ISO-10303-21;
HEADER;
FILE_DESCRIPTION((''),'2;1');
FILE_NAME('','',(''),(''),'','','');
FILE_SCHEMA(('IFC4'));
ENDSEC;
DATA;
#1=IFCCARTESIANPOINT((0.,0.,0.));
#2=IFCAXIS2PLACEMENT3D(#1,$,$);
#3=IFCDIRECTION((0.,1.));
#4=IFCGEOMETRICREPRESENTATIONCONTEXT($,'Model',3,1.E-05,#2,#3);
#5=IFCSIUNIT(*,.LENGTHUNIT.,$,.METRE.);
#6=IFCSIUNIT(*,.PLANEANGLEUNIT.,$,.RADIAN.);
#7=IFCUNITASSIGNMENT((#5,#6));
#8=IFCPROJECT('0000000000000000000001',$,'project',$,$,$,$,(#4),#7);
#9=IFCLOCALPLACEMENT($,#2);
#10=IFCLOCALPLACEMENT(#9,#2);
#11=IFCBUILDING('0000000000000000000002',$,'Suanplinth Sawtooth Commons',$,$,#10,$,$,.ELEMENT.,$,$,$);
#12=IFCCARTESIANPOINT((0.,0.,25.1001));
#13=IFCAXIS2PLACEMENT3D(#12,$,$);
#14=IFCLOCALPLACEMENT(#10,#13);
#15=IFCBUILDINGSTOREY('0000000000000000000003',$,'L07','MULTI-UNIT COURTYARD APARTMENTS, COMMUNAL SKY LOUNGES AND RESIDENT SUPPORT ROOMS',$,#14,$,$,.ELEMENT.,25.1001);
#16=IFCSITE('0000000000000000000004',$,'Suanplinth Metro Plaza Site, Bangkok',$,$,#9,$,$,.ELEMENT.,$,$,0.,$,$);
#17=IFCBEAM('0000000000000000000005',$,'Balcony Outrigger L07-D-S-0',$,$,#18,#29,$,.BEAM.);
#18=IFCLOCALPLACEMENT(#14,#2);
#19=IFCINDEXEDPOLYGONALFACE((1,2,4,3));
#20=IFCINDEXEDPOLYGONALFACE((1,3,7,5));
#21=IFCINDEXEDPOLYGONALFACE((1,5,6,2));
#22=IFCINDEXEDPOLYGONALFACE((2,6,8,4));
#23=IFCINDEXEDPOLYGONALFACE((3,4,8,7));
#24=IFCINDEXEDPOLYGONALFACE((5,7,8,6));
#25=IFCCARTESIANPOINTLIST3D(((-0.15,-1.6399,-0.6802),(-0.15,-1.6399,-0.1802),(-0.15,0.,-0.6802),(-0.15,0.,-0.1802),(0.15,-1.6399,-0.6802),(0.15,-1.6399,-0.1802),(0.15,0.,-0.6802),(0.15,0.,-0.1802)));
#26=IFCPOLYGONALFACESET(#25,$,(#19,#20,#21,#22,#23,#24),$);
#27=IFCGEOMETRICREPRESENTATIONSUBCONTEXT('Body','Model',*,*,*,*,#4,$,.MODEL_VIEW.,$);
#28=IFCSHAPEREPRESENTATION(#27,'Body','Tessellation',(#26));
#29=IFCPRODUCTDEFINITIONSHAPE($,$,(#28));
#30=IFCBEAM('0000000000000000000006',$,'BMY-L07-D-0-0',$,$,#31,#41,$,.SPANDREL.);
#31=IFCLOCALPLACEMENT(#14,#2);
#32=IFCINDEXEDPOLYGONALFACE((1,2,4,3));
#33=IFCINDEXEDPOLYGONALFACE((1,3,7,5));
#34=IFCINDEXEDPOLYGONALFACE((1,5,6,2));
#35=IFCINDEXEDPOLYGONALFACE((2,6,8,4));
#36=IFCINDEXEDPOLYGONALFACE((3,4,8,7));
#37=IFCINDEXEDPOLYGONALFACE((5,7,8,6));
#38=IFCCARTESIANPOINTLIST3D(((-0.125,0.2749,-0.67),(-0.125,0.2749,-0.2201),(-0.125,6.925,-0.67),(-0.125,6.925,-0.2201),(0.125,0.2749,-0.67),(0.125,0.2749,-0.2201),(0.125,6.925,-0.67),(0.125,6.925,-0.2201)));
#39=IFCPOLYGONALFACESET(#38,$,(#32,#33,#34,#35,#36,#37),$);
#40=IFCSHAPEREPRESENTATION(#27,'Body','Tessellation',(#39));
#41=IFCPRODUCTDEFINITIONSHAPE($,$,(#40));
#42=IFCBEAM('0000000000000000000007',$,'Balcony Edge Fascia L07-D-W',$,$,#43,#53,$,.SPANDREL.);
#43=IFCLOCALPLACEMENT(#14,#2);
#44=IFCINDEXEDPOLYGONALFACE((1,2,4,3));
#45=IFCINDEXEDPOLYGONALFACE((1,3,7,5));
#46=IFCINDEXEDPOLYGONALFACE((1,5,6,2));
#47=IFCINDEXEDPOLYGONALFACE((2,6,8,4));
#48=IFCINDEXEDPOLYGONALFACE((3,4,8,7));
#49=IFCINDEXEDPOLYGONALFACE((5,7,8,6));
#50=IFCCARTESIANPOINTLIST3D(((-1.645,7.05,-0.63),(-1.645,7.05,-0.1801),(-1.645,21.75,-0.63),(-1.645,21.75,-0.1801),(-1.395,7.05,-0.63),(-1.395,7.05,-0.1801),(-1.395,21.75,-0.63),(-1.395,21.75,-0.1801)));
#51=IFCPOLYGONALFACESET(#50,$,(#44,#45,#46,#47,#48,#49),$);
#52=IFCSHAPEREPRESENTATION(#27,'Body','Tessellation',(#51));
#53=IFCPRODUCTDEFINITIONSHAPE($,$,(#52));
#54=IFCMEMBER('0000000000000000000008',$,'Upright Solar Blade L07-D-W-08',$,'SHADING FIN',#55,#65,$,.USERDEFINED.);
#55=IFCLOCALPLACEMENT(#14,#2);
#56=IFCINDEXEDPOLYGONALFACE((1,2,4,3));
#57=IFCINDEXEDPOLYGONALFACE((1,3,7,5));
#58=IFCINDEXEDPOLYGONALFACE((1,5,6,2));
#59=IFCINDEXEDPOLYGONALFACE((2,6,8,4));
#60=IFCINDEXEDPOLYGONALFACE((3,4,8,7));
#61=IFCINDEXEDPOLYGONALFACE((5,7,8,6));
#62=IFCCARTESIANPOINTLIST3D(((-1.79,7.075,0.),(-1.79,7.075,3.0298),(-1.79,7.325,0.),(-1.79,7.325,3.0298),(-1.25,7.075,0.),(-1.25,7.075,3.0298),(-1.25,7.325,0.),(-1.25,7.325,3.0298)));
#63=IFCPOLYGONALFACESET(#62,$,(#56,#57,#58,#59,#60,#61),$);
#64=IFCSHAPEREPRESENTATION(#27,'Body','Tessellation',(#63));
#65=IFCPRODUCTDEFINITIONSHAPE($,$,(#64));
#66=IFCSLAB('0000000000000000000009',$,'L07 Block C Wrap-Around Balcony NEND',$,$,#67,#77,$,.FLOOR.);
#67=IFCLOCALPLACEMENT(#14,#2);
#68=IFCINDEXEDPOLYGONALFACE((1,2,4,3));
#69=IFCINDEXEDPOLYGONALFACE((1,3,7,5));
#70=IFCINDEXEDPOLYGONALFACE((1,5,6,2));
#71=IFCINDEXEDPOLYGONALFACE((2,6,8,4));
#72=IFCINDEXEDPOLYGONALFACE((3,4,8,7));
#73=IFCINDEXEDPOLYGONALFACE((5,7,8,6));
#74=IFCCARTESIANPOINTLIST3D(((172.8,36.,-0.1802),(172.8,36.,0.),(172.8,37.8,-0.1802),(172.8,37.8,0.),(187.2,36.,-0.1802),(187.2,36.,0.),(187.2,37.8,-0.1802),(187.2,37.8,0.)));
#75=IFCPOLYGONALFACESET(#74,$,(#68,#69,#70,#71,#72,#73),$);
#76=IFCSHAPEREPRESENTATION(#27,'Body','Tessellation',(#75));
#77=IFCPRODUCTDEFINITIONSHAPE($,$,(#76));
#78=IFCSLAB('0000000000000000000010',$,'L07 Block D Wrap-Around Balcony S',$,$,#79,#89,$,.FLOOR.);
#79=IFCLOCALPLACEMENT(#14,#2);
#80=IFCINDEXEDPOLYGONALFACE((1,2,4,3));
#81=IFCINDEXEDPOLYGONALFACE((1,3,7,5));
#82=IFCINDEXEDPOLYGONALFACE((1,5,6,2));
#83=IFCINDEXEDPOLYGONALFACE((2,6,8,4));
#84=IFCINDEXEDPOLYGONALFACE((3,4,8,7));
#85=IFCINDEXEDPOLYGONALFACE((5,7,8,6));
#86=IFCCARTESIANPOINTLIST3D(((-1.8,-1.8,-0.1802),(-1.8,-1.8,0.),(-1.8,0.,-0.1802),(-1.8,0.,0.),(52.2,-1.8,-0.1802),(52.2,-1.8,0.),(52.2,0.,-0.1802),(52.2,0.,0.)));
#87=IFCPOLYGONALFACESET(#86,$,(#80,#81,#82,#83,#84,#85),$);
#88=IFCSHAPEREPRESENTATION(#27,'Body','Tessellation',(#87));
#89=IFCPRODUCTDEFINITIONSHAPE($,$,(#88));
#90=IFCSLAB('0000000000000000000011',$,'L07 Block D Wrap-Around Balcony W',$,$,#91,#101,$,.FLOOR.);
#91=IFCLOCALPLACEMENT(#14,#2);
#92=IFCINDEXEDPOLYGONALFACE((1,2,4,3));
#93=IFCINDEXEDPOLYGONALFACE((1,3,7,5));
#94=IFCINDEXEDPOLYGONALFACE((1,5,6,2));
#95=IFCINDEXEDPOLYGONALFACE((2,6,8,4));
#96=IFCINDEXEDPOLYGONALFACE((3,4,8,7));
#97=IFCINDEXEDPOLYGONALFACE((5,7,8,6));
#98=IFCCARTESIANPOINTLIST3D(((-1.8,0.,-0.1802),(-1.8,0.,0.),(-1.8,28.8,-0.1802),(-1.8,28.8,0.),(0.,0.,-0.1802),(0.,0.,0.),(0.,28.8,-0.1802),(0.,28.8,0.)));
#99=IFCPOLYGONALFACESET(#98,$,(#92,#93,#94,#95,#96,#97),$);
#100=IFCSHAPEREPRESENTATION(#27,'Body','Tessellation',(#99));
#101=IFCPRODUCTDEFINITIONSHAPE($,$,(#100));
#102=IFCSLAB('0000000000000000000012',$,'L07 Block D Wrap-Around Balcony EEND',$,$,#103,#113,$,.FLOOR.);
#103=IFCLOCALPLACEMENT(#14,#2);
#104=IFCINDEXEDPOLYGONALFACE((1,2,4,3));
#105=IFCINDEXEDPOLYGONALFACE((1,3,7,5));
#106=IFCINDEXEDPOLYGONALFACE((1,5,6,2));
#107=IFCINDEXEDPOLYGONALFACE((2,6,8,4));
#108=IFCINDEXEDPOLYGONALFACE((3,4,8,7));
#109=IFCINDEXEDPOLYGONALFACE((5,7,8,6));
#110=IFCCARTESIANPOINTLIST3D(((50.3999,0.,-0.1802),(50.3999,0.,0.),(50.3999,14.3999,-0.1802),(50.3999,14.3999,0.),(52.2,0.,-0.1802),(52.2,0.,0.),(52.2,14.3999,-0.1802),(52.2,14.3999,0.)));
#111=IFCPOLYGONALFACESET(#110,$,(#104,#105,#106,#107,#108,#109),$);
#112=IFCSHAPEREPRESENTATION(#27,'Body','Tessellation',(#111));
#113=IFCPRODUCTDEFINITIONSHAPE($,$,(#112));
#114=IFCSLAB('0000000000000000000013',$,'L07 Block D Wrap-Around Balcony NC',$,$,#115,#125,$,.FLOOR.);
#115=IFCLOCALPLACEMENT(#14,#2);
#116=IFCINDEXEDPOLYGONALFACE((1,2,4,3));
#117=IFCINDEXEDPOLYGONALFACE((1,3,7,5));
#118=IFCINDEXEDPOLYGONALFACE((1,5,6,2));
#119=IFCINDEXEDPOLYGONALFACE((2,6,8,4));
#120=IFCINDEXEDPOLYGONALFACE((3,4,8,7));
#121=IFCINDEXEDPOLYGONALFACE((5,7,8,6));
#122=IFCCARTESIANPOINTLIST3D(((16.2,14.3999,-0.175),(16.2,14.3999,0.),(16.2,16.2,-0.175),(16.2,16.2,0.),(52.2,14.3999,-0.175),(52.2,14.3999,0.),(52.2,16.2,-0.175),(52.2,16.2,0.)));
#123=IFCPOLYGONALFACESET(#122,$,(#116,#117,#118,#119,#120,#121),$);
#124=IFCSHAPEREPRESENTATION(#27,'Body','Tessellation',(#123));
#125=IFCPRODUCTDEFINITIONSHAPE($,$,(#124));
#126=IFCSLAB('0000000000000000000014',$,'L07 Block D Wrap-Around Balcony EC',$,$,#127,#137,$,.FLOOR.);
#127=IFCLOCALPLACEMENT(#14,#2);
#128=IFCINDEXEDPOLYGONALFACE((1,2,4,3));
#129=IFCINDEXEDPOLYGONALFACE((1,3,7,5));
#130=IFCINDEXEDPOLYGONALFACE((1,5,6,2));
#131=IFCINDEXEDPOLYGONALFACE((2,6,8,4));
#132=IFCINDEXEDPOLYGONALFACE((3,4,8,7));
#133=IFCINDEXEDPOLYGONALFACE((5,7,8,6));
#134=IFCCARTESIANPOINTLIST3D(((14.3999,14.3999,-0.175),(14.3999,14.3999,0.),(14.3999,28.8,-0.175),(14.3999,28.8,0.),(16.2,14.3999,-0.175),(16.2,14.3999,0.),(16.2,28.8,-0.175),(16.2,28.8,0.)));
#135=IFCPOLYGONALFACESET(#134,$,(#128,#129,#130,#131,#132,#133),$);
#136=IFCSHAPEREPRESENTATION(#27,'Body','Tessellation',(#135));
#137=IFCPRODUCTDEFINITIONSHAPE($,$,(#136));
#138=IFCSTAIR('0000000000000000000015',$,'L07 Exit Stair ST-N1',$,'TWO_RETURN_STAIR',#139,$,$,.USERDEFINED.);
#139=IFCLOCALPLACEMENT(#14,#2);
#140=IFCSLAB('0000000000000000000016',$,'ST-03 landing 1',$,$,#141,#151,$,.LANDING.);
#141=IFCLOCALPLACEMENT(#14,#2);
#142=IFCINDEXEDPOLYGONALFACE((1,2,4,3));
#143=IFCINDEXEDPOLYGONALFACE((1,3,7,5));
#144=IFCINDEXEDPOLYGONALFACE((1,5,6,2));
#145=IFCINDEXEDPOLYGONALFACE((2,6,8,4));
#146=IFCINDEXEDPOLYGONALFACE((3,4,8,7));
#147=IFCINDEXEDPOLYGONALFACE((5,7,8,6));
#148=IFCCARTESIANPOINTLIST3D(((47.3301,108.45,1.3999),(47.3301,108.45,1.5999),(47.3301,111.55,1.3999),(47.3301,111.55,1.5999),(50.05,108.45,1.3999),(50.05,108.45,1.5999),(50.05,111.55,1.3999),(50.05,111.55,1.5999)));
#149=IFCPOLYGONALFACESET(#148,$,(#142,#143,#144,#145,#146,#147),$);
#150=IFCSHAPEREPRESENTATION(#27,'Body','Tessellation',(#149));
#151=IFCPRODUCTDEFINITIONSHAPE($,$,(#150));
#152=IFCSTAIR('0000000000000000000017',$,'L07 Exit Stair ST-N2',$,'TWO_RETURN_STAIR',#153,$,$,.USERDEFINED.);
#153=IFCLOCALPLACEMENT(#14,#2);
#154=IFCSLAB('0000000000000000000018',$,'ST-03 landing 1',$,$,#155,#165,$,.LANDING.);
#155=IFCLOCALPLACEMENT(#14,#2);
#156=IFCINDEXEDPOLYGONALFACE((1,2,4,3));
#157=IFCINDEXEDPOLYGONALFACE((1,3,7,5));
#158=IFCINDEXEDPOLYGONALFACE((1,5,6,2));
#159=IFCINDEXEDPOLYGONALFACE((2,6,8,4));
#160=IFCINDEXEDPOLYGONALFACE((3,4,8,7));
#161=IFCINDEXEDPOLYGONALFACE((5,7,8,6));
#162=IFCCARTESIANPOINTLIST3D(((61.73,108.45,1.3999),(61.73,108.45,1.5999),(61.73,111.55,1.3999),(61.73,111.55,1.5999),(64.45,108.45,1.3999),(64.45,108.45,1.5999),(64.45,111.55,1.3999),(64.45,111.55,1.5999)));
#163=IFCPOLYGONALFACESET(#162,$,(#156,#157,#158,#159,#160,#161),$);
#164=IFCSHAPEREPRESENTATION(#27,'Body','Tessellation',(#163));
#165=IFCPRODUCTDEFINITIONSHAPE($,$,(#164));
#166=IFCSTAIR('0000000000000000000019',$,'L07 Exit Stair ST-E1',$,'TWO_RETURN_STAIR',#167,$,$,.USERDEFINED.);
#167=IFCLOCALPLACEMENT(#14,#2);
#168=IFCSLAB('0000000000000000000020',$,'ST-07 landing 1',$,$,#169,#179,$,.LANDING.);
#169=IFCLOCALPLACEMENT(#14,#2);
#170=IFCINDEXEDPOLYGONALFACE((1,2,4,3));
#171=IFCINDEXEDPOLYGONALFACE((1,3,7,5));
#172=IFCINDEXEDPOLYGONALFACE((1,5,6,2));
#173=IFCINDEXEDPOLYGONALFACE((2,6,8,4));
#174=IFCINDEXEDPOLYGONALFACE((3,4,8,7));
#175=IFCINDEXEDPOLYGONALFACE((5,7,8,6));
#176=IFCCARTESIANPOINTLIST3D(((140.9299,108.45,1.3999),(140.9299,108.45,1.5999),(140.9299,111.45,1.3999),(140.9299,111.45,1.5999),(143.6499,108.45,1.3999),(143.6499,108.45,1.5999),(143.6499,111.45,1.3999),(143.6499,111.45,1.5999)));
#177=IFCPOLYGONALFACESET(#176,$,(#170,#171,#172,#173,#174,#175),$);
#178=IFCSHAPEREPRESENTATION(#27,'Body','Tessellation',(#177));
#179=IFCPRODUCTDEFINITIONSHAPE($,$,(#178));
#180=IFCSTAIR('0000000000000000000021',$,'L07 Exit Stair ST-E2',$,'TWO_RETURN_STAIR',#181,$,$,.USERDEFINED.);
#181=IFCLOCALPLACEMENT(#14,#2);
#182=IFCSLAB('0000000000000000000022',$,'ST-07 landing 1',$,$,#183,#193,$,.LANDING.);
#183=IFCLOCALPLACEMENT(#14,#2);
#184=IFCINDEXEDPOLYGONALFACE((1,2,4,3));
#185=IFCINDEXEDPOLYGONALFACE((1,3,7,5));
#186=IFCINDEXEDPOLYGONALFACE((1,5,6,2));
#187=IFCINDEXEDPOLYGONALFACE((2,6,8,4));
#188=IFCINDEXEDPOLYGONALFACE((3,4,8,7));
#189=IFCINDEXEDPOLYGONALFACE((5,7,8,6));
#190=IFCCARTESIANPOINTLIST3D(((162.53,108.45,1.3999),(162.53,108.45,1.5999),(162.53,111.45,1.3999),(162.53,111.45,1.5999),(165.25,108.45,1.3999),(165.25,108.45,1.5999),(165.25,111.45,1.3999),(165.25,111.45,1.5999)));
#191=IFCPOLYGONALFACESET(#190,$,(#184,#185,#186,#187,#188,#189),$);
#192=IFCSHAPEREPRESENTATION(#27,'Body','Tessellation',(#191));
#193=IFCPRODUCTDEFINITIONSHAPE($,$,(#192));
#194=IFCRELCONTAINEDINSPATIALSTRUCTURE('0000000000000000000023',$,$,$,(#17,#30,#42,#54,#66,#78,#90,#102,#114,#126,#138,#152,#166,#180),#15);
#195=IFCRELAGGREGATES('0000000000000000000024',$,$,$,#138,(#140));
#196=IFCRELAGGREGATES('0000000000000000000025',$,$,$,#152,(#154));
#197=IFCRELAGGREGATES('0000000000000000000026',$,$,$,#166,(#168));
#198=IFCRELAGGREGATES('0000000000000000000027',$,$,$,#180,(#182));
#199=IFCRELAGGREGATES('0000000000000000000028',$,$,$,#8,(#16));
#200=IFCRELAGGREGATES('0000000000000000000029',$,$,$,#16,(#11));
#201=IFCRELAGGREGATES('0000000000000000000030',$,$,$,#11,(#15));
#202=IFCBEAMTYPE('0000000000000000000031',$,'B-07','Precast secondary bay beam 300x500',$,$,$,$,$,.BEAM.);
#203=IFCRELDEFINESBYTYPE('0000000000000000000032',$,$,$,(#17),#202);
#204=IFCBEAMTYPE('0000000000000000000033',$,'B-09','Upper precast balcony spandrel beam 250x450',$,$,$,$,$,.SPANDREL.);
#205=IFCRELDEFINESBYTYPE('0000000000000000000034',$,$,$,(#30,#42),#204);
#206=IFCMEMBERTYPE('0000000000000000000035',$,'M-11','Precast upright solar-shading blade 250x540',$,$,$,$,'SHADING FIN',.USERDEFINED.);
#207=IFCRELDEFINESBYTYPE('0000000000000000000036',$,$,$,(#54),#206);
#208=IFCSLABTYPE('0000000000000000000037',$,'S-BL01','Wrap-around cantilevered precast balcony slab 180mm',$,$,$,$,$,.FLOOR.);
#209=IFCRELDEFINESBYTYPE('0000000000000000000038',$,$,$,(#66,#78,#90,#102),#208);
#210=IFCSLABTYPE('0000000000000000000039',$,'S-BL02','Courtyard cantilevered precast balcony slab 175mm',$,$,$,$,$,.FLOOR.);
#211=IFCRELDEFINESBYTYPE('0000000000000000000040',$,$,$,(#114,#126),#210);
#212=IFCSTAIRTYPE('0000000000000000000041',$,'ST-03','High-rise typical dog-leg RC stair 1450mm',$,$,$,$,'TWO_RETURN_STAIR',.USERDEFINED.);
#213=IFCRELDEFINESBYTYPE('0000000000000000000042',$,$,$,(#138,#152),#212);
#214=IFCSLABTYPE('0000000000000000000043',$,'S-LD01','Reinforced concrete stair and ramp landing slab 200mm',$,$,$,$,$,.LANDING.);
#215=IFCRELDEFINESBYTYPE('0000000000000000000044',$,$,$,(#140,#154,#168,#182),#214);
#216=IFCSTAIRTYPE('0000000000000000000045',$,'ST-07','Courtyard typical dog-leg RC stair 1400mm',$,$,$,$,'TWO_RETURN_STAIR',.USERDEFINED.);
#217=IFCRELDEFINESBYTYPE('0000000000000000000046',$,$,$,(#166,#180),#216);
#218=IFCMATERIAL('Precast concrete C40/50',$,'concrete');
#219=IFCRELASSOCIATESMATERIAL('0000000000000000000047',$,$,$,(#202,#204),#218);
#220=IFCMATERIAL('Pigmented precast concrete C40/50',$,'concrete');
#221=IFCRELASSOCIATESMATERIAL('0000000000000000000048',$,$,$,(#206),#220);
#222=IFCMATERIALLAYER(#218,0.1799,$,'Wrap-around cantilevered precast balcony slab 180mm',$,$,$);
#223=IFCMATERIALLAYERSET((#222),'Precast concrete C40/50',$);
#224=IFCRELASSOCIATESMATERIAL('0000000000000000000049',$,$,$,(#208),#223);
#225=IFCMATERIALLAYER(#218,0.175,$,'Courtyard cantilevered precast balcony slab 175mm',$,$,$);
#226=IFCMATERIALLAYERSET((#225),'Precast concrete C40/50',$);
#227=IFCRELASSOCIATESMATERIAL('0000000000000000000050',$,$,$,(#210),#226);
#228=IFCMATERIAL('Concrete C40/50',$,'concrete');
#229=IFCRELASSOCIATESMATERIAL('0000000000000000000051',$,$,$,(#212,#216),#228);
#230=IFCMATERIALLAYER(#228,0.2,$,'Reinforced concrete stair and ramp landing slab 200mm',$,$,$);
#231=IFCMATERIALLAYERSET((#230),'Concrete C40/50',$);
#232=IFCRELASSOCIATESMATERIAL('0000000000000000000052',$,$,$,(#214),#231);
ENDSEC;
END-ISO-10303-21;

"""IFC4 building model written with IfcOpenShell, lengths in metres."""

from ifc_helpers import new_model, si_unit, direction, frame, origin, origin_2d, place, context, subcontext, project, spatial, polyline, rectangle, outline, extrude, material, layer, layer_set, material_profile, profile_set, type_object, element, aggregate, save


model = new_model("IFC4")

# Units and contexts
model_context = context("Model", 3, precision=1e-05, world=origin(), true_north=direction((0.0, 1.0)))
body_context = subcontext(model_context, "Body", "Model", "MODEL_VIEW")
ifc_project = project(units=[si_unit("LENGTHUNIT", "METRE"), si_unit("PLANEANGLEUNIT", "RADIAN")], contexts=[model_context])

# Site, building, storey
site_placement = place(None, origin())
site = spatial("IfcSite", under=ifc_project, at=site_placement, Name="Suanplinth Metro Plaza Site, Bangkok", CompositionType="ELEMENT", RefElevation=0.0)
building_placement = place(site_placement, origin())
building = spatial("IfcBuilding", under=site, at=building_placement, Name="Suanplinth Sawtooth Commons", CompositionType="ELEMENT")
storey_placement = place(building_placement, frame((0.0, 0.0, 25.1001)))
storey = spatial("IfcBuildingStorey", under=building, at=storey_placement, Name="L07", Description="MULTI-UNIT COURTYARD APARTMENTS, COMMUNAL SKY LOUNGES AND RESIDENT SUPPORT ROOMS", CompositionType="ELEMENT", Elevation=25.1001)

# Beams
ifc_material_1 = material(Name="Precast concrete C40/50", Category="concrete")
ifc_material_profile_1 = material_profile(ifc_material_1, rectangle(XDim=0.3, YDim=0.5, at=origin_2d()), Name="PC-BM 300x500")
ifc_profile_set_1 = profile_set([ifc_material_profile_1], Name="Precast concrete C40/50")
beam_type_1 = type_object("IfcBeamType", Name="B-07", Description="Precast secondary bay beam 300x500", PredefinedType="BEAM", material=ifc_profile_set_1)
beam_1_placement = place(storey_placement, frame((0.0, 0.0, -0.4302), z_axis=(0.0, -1.0, 0.0), x_axis=(1.0, 0.0, 0.0)))
element("IfcBeam", 1, at=beam_1_placement, inside=storey, type_object=beam_type_1, Name="Balcony Outrigger L07-D-S-0", PredefinedType="BEAM", context=body_context, shape_type="SweptSolid", body=[
    extrude(rectangle(XDim=0.3, YDim=0.5, at=origin_2d()), origin(), (0.0, 0.0, 1.0), 1.6399),
])
ifc_material_profile_2 = material_profile(ifc_material_1, rectangle(XDim=0.25, YDim=0.45, at=origin_2d()), Name="PC-SP 250x450")
ifc_profile_set_2 = profile_set([ifc_material_profile_2], Name="Precast concrete C40/50")
beam_type_2 = type_object("IfcBeamType", Name="B-09", Description="Upper precast balcony spandrel beam 250x450", PredefinedType="SPANDREL", material=ifc_profile_set_2)
beam_2_placement = place(storey_placement, frame((0.0, 0.2749, -0.4451), z_axis=(0.0, 1.0, 0.0), x_axis=(-1.0, 0.0, 0.0)))
element("IfcBeam", 2, at=beam_2_placement, inside=storey, type_object=beam_type_2, Name="BMY-L07-D-0-0", PredefinedType="SPANDREL", context=body_context, shape_type="SweptSolid", body=[
    extrude(rectangle(XDim=0.25, YDim=0.45, at=origin_2d()), origin(), (0.0, 0.0, 1.0), 6.6501),
])
beam_3_placement = place(storey_placement, frame((-1.52, 7.05, -0.405), z_axis=(0.0, 1.0, 0.0), x_axis=(-1.0, 0.0, 0.0)))
element("IfcBeam", 3, at=beam_3_placement, inside=storey, type_object=beam_type_2, Name="Balcony Edge Fascia L07-D-W", PredefinedType="SPANDREL", context=body_context, shape_type="SweptSolid", body=[
    extrude(rectangle(XDim=0.25, YDim=0.45, at=origin_2d()), origin(), (0.0, 0.0, 1.0), 14.7),
])

# Member
ifc_material_2 = material(Name="Pigmented precast concrete C40/50", Category="concrete")
ifc_material_profile_3 = material_profile(ifc_material_2, rectangle(XDim=0.25, YDim=0.54, at=origin_2d()), Name="PC-FIN 250x540")
ifc_profile_set_3 = profile_set([ifc_material_profile_3], Name="Pigmented precast concrete C40/50")
member_type = type_object("IfcMemberType", Name="M-11", Description="Precast upright solar-shading blade 250x540", ElementType="SHADING FIN", PredefinedType="USERDEFINED", material=ifc_profile_set_3)
member_placement = place(storey_placement, frame((-1.52, 7.2, 0.0), z_axis=(0.0, 0.0, 1.0), x_axis=(0.0, 1.0, 0.0)))
element("IfcMember", 4, at=member_placement, inside=storey, type_object=member_type, Name="Upright Solar Blade L07-D-W-08", ObjectType="SHADING FIN", PredefinedType="USERDEFINED", context=body_context, shape_type="SweptSolid", body=[
    extrude(rectangle(XDim=0.25, YDim=0.54, at=origin_2d()), origin(), (0.0, 0.0, 1.0), 3.0298),
])

# Slabs
ifc_layer_1 = layer(ifc_material_1, 0.1799, Name="Wrap-around cantilevered precast balcony slab 180mm")
ifc_layer_set_1 = layer_set([ifc_layer_1], Name="Precast concrete C40/50")
slab_type_1 = type_object("IfcSlabType", Name="S-BL01", Description="Wrap-around cantilevered precast balcony slab 180mm", PredefinedType="FLOOR", material=ifc_layer_set_1)
slab_1_placement = place(storey_placement, frame((0.0, 0.0, -0.1802)))
element("IfcSlab", 5, at=slab_1_placement, inside=storey, type_object=slab_type_1, Name="L07 Block C Wrap-Around Balcony NEND", PredefinedType="FLOOR", context=body_context, shape_type="SweptSolid", body=[
    extrude(outline(polyline([(172.8, 37.8), (187.2, 37.8), (187.2, 36.0), (172.8, 36.0), (172.8, 37.8)])), origin(), (0.0, 0.0, 1.0), 0.1802),
])
slab_2_placement = place(storey_placement, frame((0.0, 0.0, -0.1802)))
element("IfcSlab", 6, at=slab_2_placement, inside=storey, type_object=slab_type_1, Name="L07 Block D Wrap-Around Balcony S", PredefinedType="FLOOR", context=body_context, shape_type="SweptSolid", body=[
    extrude(outline(polyline([(52.2, 0.0), (52.2, -1.8), (-1.8, -1.8), (-1.8, 0.0), (52.2, 0.0)])), origin(), (0.0, 0.0, 1.0), 0.1802),
])
slab_3_placement = place(storey_placement, frame((0.0, 0.0, -0.1802)))
element("IfcSlab", 7, at=slab_3_placement, inside=storey, type_object=slab_type_1, Name="L07 Block D Wrap-Around Balcony W", PredefinedType="FLOOR", context=body_context, shape_type="SweptSolid", body=[
    extrude(outline(polyline([(0.0, 0.0), (-1.8, 0.0), (-1.8, 28.8), (0.0, 28.8), (0.0, 0.0)])), origin(), (0.0, 0.0, 1.0), 0.1802),
])
slab_4_placement = place(storey_placement, frame((0.0, 0.0, -0.1802)))
element("IfcSlab", 8, at=slab_4_placement, inside=storey, type_object=slab_type_1, Name="L07 Block D Wrap-Around Balcony EEND", PredefinedType="FLOOR", context=body_context, shape_type="SweptSolid", body=[
    extrude(outline(polyline([(52.2, 14.3999), (52.2, 0.0), (50.3999, 0.0), (50.3999, 14.3999), (52.2, 14.3999)])), origin(), (0.0, 0.0, 1.0), 0.1802),
])
ifc_layer_2 = layer(ifc_material_1, 0.175, Name="Courtyard cantilevered precast balcony slab 175mm")
ifc_layer_set_2 = layer_set([ifc_layer_2], Name="Precast concrete C40/50")
slab_type_2 = type_object("IfcSlabType", Name="S-BL02", Description="Courtyard cantilevered precast balcony slab 175mm", PredefinedType="FLOOR", material=ifc_layer_set_2)
slab_5_placement = place(storey_placement, frame((0.0, 0.0, -0.175)))
element("IfcSlab", 9, at=slab_5_placement, inside=storey, type_object=slab_type_2, Name="L07 Block D Wrap-Around Balcony NC", PredefinedType="FLOOR", context=body_context, shape_type="SweptSolid", body=[
    extrude(outline(polyline([(16.2, 16.2), (52.2, 16.2), (52.2, 14.3999), (16.2, 14.3999), (16.2, 16.2)])), origin(), (0.0, 0.0, 1.0), 0.175),
])
slab_6_placement = place(storey_placement, frame((0.0, 0.0, -0.175)))
element("IfcSlab", 10, at=slab_6_placement, inside=storey, type_object=slab_type_2, Name="L07 Block D Wrap-Around Balcony EC", PredefinedType="FLOOR", context=body_context, shape_type="SweptSolid", body=[
    extrude(outline(polyline([(16.2, 28.8), (16.2, 14.3999), (14.3999, 14.3999), (14.3999, 28.8), (16.2, 28.8)])), origin(), (0.0, 0.0, 1.0), 0.175),
])

# Stairs, slabs
ifc_material_3 = material(Name="Concrete C40/50", Category="concrete")
stair_type_1 = type_object("IfcStairType", Name="ST-03", Description="High-rise typical dog-leg RC stair 1450mm", ElementType="TWO_RETURN_STAIR", PredefinedType="USERDEFINED", material=ifc_material_3)
stair_1_placement = place(storey_placement, origin())
stair_1 = element("IfcStair", 11, at=stair_1_placement, inside=storey, type_object=stair_type_1, Name="L07 Exit Stair ST-N1", ObjectType="TWO_RETURN_STAIR", PredefinedType="USERDEFINED")
ifc_layer_3 = layer(ifc_material_3, 0.2, Name="Reinforced concrete stair and ramp landing slab 200mm")
ifc_layer_set_3 = layer_set([ifc_layer_3], Name="Concrete C40/50")
slab_type_3 = type_object("IfcSlabType", Name="S-LD01", Description="Reinforced concrete stair and ramp landing slab 200mm", PredefinedType="LANDING", material=ifc_layer_set_3)
slab_7_placement = place(storey_placement, frame((0.0, 0.0, 1.3999)))
slab_7 = element("IfcSlab", 12, at=slab_7_placement, type_object=slab_type_3, Name="ST-03 landing 1", PredefinedType="LANDING", context=body_context, shape_type="SweptSolid", body=[
    extrude(outline(polyline([(47.3301, 108.45), (50.05, 108.45), (50.05, 111.55), (47.3301, 111.55), (47.3301, 108.45)])), origin(), (0.0, 0.0, 1.0), 0.2),
])
aggregate(stair_1, [slab_7])
stair_2_placement = place(storey_placement, origin())
stair_2 = element("IfcStair", 13, at=stair_2_placement, inside=storey, type_object=stair_type_1, Name="L07 Exit Stair ST-N2", ObjectType="TWO_RETURN_STAIR", PredefinedType="USERDEFINED")
slab_8_placement = place(storey_placement, frame((0.0, 0.0, 1.3999)))
slab_8 = element("IfcSlab", 14, at=slab_8_placement, type_object=slab_type_3, Name="ST-03 landing 1", PredefinedType="LANDING", context=body_context, shape_type="SweptSolid", body=[
    extrude(outline(polyline([(61.73, 108.45), (64.45, 108.45), (64.45, 111.55), (61.73, 111.55), (61.73, 108.45)])), origin(), (0.0, 0.0, 1.0), 0.2),
])
aggregate(stair_2, [slab_8])
stair_type_2 = type_object("IfcStairType", Name="ST-07", Description="Courtyard typical dog-leg RC stair 1400mm", ElementType="TWO_RETURN_STAIR", PredefinedType="USERDEFINED", material=ifc_material_3)
stair_3_placement = place(storey_placement, origin())
stair_3 = element("IfcStair", 15, at=stair_3_placement, inside=storey, type_object=stair_type_2, Name="L07 Exit Stair ST-E1", ObjectType="TWO_RETURN_STAIR", PredefinedType="USERDEFINED")
slab_9_placement = place(storey_placement, frame((0.0, 0.0, 1.3999)))
slab_9 = element("IfcSlab", 16, at=slab_9_placement, type_object=slab_type_3, Name="ST-07 landing 1", PredefinedType="LANDING", context=body_context, shape_type="SweptSolid", body=[
    extrude(outline(polyline([(140.9299, 108.45), (143.6499, 108.45), (143.6499, 111.45), (140.9299, 111.45), (140.9299, 108.45)])), origin(), (0.0, 0.0, 1.0), 0.2),
])
aggregate(stair_3, [slab_9])
stair_4_placement = place(storey_placement, origin())
stair_4 = element("IfcStair", 17, at=stair_4_placement, inside=storey, type_object=stair_type_2, Name="L07 Exit Stair ST-E2", ObjectType="TWO_RETURN_STAIR", PredefinedType="USERDEFINED")
slab_10_placement = place(storey_placement, frame((0.0, 0.0, 1.3999)))
slab_10 = element("IfcSlab", 18, at=slab_10_placement, type_object=slab_type_3, Name="ST-07 landing 1", PredefinedType="LANDING", context=body_context, shape_type="SweptSolid", body=[
    extrude(outline(polyline([(162.53, 108.45), (165.25, 108.45), (165.25, 111.45), (162.53, 111.45), (162.53, 108.45)])), origin(), (0.0, 0.0, 1.0), 0.2),
])
aggregate(stair_4, [slab_10])

save(model, "model.ifc")
